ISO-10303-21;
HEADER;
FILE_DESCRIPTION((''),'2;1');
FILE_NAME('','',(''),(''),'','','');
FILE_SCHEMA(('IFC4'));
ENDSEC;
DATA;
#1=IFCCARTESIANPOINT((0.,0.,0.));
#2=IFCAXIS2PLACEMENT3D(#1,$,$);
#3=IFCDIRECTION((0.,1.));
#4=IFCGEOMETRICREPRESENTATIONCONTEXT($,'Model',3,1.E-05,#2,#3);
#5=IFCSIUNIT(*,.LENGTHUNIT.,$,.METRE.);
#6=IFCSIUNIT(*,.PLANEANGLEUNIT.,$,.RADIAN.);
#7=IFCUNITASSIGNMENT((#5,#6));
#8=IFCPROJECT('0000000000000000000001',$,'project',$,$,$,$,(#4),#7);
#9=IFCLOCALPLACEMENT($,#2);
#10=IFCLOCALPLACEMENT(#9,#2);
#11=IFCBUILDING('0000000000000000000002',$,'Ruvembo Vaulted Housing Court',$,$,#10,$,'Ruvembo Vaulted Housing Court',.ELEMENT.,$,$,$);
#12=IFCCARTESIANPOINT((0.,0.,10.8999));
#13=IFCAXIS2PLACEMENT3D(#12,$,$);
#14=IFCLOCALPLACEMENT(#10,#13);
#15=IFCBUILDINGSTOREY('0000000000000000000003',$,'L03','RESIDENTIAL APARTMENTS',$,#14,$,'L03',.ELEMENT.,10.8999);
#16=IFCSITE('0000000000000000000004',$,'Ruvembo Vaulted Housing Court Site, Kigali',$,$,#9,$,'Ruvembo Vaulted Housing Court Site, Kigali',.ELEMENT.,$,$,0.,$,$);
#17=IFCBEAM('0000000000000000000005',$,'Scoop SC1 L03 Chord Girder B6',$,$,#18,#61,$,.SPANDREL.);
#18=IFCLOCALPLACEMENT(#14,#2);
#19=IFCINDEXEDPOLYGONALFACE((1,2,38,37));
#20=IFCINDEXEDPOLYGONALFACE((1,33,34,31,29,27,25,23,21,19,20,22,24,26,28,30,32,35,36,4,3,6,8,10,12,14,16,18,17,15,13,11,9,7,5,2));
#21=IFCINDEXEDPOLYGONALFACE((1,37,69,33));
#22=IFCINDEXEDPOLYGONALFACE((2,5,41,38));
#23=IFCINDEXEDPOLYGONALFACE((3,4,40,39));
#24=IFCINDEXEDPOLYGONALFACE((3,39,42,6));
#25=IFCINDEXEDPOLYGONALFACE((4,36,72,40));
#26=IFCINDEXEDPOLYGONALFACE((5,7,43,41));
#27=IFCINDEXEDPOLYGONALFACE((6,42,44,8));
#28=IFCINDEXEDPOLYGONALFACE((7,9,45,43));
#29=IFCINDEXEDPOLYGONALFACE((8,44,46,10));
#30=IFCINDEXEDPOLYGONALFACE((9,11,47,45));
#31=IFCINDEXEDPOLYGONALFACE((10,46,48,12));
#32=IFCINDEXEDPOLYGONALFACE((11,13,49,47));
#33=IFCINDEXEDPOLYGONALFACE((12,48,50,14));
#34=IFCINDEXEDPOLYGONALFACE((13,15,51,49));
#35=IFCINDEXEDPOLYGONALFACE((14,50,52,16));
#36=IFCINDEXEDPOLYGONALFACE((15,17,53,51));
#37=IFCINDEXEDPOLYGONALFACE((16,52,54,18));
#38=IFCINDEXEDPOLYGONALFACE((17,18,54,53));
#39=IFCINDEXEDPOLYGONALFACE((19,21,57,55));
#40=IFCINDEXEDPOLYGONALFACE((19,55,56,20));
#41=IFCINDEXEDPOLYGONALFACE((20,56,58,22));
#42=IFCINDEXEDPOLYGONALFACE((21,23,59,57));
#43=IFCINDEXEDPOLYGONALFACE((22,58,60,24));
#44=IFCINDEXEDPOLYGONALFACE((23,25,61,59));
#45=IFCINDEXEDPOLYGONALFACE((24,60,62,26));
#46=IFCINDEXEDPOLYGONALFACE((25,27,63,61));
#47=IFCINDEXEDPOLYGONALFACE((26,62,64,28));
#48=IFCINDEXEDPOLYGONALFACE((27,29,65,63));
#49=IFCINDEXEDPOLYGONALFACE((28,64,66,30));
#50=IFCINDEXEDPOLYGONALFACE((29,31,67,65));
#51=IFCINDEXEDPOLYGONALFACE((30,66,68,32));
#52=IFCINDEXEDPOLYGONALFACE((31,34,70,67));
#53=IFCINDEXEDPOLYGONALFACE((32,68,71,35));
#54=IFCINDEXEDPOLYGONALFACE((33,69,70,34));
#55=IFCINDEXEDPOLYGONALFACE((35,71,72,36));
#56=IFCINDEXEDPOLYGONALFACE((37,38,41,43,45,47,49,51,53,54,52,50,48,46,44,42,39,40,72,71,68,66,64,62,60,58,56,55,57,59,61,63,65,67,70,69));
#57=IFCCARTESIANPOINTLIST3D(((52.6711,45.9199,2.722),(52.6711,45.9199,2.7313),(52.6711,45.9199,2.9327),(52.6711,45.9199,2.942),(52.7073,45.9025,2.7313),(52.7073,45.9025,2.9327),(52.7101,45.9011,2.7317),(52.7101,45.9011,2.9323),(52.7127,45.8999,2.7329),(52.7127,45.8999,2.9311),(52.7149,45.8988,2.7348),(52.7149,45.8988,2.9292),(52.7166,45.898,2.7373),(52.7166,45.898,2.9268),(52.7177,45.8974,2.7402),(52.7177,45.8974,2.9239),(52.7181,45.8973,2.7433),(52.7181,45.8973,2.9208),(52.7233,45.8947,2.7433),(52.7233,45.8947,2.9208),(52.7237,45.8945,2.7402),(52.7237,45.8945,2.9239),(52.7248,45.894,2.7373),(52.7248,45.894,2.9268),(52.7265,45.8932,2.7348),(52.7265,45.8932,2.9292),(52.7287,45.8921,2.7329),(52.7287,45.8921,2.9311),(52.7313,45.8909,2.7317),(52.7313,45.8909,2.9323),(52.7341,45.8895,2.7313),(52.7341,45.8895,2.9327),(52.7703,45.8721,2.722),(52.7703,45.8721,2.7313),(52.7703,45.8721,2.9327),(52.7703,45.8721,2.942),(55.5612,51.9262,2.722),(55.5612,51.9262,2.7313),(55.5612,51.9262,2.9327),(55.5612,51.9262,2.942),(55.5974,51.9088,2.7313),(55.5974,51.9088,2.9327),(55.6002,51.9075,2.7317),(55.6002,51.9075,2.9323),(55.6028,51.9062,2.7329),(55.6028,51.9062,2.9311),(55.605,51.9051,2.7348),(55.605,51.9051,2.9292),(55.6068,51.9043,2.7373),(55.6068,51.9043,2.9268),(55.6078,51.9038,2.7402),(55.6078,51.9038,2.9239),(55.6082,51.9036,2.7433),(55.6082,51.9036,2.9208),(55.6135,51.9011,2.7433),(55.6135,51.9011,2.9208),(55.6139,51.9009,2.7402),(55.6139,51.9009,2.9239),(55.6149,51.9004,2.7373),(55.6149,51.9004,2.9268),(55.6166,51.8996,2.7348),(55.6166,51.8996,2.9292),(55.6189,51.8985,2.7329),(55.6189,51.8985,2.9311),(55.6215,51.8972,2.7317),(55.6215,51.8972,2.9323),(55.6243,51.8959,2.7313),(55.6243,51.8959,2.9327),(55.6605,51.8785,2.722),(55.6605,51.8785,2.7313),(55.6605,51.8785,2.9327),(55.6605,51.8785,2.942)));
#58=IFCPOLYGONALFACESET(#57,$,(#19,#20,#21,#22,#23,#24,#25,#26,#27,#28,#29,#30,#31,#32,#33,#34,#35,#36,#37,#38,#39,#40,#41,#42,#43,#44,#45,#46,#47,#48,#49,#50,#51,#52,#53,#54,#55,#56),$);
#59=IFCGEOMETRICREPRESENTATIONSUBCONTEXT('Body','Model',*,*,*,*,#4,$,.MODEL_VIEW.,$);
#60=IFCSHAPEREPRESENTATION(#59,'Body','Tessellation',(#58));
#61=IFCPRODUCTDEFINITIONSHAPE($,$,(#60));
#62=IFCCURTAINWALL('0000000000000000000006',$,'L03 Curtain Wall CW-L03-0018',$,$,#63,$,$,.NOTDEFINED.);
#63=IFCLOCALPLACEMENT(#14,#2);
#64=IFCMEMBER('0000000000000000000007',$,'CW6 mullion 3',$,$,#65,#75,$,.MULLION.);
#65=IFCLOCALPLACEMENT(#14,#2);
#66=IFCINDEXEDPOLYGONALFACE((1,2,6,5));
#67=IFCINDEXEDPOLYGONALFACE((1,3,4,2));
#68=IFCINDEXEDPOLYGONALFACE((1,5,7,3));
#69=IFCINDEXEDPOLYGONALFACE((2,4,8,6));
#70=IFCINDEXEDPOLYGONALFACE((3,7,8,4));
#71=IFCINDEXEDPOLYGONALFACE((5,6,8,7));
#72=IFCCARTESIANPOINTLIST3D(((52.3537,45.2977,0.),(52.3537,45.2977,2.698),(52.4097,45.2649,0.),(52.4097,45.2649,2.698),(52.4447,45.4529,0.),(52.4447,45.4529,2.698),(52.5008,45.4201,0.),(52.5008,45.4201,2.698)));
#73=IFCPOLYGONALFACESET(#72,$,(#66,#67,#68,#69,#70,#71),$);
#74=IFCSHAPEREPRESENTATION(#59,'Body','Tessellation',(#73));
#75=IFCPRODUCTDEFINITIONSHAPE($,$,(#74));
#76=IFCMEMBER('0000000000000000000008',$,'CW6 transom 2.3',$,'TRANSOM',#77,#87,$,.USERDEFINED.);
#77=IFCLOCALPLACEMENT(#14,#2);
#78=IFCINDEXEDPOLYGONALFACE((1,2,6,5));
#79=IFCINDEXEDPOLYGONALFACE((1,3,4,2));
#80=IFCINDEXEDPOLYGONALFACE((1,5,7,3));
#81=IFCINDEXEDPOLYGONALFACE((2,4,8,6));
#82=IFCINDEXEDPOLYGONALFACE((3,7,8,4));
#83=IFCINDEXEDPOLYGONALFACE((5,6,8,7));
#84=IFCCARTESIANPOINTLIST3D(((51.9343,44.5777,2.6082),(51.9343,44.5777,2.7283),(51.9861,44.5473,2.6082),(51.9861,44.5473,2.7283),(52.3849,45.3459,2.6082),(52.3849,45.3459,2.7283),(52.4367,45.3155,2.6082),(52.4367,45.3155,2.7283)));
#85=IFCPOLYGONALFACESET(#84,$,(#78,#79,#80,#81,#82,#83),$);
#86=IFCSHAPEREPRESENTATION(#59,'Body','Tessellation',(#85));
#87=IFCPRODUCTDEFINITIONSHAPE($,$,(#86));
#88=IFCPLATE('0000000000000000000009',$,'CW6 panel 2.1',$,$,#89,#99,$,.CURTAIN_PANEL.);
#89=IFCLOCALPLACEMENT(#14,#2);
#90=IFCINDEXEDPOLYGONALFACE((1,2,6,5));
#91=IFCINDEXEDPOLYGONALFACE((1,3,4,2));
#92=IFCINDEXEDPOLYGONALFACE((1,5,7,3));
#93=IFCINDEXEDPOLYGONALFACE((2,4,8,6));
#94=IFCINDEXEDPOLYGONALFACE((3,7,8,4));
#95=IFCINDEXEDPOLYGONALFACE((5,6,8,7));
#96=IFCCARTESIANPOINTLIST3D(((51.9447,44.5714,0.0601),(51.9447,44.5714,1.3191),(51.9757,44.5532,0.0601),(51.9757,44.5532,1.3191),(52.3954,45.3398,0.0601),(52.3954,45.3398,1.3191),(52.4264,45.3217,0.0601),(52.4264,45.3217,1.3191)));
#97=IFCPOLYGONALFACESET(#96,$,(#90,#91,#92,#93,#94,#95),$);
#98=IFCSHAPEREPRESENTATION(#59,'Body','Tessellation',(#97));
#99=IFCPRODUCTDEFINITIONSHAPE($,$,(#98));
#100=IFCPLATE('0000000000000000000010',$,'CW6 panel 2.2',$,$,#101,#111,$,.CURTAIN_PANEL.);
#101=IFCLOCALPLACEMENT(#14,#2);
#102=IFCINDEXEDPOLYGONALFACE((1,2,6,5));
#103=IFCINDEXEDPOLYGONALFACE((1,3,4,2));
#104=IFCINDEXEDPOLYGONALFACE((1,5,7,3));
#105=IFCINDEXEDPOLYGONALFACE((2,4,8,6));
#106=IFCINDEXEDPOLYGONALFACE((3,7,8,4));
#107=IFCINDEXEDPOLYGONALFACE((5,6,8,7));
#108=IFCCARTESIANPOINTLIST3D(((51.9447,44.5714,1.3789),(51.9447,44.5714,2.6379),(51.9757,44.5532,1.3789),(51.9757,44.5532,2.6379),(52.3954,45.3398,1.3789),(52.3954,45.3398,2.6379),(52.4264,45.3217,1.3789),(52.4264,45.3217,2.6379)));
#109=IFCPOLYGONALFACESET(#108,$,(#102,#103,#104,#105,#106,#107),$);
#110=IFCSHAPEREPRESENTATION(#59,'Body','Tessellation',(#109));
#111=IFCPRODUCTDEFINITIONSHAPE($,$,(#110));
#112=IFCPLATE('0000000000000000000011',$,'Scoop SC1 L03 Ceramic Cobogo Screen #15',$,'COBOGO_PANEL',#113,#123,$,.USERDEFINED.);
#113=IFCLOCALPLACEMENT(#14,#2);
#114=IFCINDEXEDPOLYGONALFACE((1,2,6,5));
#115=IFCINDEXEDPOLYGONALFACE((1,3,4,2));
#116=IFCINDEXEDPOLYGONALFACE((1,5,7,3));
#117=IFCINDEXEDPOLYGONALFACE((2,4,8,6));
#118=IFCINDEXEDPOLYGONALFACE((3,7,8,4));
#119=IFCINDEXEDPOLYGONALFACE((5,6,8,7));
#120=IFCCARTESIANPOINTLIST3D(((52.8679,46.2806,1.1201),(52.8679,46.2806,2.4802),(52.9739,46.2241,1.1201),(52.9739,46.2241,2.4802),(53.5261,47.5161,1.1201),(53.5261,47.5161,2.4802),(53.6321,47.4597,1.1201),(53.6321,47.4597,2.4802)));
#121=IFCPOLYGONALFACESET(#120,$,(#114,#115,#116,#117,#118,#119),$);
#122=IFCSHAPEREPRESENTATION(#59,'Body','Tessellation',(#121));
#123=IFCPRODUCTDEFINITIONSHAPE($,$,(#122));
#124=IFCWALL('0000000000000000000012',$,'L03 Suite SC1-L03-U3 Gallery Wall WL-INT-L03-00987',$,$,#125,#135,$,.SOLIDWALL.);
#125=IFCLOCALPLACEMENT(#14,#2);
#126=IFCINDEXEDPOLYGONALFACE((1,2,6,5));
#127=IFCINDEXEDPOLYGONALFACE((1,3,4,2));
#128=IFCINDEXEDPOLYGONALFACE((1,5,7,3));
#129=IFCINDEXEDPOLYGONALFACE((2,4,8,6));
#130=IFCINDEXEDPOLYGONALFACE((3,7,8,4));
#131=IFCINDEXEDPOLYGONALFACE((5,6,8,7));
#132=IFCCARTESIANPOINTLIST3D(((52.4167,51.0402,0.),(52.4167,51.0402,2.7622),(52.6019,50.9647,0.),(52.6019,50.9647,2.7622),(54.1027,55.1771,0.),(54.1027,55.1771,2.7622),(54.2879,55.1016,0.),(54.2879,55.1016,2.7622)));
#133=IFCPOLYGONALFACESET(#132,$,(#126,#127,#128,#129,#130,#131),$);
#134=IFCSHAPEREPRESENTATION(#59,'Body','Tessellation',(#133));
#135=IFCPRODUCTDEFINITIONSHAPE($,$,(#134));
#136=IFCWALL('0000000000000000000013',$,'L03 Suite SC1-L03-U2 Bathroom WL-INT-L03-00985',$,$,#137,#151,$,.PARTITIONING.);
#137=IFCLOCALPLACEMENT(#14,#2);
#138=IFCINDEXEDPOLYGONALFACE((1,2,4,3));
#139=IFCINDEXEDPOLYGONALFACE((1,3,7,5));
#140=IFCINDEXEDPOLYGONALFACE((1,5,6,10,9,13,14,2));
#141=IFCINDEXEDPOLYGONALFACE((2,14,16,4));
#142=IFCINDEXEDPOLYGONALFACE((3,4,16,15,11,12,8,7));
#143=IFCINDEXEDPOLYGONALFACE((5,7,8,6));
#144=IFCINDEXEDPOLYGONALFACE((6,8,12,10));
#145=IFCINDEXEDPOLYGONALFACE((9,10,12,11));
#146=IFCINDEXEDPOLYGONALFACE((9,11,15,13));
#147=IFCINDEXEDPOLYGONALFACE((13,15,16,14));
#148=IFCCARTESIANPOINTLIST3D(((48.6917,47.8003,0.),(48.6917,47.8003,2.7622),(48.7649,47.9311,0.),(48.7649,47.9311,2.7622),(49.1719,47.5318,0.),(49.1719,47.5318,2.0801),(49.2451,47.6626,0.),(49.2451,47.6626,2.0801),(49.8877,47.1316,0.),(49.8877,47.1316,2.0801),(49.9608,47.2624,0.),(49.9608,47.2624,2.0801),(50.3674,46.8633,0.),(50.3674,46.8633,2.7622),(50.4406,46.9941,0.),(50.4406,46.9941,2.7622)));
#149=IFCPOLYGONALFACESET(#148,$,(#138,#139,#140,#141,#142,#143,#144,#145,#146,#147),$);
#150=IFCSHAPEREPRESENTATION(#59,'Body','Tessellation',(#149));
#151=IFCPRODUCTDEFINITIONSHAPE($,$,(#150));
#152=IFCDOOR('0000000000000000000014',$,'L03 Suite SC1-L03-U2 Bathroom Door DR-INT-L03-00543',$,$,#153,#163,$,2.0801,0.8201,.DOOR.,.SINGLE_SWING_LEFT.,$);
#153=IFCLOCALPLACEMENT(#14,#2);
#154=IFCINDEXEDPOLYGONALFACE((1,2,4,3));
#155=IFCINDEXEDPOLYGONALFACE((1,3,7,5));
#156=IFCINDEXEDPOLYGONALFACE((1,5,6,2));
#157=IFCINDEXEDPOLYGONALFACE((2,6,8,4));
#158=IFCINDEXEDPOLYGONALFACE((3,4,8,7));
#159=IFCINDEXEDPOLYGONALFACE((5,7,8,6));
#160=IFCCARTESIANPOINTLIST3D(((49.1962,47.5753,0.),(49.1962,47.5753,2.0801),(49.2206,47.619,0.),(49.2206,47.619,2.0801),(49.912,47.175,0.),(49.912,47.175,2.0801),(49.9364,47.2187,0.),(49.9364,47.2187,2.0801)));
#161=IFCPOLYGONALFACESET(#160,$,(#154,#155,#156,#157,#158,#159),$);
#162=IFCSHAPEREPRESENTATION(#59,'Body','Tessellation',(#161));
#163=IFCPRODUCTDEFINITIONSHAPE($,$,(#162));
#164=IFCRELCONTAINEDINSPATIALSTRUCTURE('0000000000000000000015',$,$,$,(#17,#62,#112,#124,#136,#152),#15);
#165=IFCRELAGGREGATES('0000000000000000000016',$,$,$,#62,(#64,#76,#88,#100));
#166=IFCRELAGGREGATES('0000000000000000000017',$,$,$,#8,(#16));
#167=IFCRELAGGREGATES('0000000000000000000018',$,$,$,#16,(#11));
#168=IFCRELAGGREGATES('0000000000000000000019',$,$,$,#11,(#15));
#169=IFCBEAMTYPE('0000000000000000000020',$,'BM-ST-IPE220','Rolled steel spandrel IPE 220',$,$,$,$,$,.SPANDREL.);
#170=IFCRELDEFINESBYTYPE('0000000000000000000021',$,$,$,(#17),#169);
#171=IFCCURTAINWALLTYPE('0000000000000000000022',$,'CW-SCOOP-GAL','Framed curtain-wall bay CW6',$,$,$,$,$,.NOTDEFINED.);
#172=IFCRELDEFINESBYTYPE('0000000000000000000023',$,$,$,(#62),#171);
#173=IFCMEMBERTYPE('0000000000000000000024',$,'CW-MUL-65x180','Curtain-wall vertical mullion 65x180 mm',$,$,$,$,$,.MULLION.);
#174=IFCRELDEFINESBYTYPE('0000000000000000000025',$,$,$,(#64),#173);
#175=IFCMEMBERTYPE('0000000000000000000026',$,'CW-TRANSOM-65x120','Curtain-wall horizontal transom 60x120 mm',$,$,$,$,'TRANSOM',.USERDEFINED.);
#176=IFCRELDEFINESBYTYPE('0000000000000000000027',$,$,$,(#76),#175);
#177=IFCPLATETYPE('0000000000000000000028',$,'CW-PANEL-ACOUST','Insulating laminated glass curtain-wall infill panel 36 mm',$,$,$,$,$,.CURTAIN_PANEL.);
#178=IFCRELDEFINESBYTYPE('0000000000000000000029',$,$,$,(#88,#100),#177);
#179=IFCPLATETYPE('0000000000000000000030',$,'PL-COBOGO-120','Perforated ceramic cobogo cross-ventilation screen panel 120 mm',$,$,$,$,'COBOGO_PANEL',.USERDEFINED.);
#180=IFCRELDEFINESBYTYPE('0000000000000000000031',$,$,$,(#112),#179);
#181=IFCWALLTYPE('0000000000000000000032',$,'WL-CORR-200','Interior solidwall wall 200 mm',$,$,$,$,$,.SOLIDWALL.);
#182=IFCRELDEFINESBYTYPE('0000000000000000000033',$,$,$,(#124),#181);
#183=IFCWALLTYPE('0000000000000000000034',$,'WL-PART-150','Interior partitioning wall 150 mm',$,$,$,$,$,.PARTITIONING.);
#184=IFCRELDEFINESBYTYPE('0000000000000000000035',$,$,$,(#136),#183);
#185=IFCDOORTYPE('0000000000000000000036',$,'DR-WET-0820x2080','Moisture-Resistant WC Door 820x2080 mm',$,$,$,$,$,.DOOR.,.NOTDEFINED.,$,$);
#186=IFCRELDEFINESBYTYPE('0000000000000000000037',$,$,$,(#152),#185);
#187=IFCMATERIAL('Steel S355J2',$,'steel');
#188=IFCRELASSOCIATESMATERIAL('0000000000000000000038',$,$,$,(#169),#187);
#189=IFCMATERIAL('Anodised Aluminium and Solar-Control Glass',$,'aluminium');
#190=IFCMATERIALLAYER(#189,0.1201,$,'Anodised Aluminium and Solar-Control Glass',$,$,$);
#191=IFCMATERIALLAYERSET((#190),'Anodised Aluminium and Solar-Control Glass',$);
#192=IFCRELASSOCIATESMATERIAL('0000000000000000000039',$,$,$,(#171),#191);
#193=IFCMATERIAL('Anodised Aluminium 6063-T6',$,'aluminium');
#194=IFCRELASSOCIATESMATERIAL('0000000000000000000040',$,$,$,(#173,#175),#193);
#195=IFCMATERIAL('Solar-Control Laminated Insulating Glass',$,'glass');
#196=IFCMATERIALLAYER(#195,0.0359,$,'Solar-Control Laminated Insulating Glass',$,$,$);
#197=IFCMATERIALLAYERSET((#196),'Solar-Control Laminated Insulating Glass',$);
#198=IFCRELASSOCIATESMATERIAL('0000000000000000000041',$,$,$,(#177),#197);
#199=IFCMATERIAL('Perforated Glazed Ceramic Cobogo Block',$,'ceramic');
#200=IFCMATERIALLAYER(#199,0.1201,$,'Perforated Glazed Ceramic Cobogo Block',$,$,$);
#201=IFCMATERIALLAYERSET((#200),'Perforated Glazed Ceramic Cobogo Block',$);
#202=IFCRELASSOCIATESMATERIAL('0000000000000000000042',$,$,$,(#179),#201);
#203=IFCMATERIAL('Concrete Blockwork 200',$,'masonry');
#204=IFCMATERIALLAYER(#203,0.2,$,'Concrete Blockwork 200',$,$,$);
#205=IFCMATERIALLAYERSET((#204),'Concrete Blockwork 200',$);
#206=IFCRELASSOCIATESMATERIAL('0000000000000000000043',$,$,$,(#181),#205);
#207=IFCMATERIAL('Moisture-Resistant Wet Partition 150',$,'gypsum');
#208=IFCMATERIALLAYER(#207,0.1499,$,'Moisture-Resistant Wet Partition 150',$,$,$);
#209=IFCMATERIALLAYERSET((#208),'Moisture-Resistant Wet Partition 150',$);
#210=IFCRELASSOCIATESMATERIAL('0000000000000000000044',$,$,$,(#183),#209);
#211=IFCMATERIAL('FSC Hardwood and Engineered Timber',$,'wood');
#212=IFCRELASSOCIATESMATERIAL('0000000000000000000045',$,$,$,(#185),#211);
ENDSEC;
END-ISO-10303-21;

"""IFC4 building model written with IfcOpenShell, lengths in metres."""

from ifc_helpers import new_model, si_unit, direction, frame, frame_2d, origin, origin_2d, place, context, subcontext, project, spatial, rectangle, i_section, extrude, material, layer, layer_set, material_profile, profile_set, type_object, element, fill, aggregate, save


model = new_model("IFC4")

# Units and contexts
model_context = context("Model", 3, precision=1e-05, world=origin(), true_north=direction((0.0, 1.0)))
body_context = subcontext(model_context, "Body", "Model", "MODEL_VIEW")
ifc_project = project(units=[si_unit("LENGTHUNIT", "METRE"), si_unit("PLANEANGLEUNIT", "RADIAN")], contexts=[model_context])

# Site, building, storey
site_placement = place(None, origin())
site = spatial("IfcSite", under=ifc_project, at=site_placement, Name="Ruvembo Vaulted Housing Court Site, Kigali", LongName="Ruvembo Vaulted Housing Court Site, Kigali", CompositionType="ELEMENT", RefElevation=0.0)
building_placement = place(site_placement, origin())
building = spatial("IfcBuilding", under=site, at=building_placement, Name="Ruvembo Vaulted Housing Court", LongName="Ruvembo Vaulted Housing Court", CompositionType="ELEMENT")
storey_placement = place(building_placement, frame((0.0, 0.0, 10.8999)))
storey = spatial("IfcBuildingStorey", under=building, at=storey_placement, Name="L03", Description="RESIDENTIAL APARTMENTS", LongName="L03", CompositionType="ELEMENT", Elevation=10.8999)

# Beam
ifc_material_1 = material(Name="Steel S355J2", Category="steel")
ifc_material_profile_1 = material_profile(ifc_material_1, i_section(OverallWidth=0.1101, OverallDepth=0.22, WebThickness=0.0059, FlangeThickness=0.0093, FilletRadius=0.012, at=origin_2d()), Name="IPE 220")
ifc_profile_set_1 = profile_set([ifc_material_profile_1], Name="Steel S355J2")
beam_type_1 = type_object("IfcBeamType", Name="BM-ST-IPE220", Description="Rolled steel spandrel IPE 220", PredefinedType="SPANDREL", material=ifc_profile_set_1)
beam_1_placement = place(storey_placement, frame((52.7207, 45.896, 2.832), z_axis=(0.433595, 0.901108, 0.0), x_axis=(-0.901108, 0.433595, 0.0)))
element("IfcBeam", 1, at=beam_1_placement, inside=storey, type_object=beam_type_1, Name="Scoop SC1 L03 Chord Girder B6", PredefinedType="SPANDREL", context=body_context, shape_type="SweptSolid", body=[
    extrude(i_section(OverallWidth=0.1101, OverallDepth=0.22, WebThickness=0.0059, FlangeThickness=0.0093, FilletRadius=0.012, at=origin_2d()), origin(), (0.0, 0.0, 1.0), 6.6655),
])

# Curtain wall, members, plates
ifc_material_2 = material(Name="Anodised Aluminium and Solar-Control Glass", Category="aluminium")
ifc_layer_1 = layer(ifc_material_2, 0.1201, Name="Anodised Aluminium and Solar-Control Glass")
ifc_layer_set_1 = layer_set([ifc_layer_1], Name="Anodised Aluminium and Solar-Control Glass")
curtain_wall_type = type_object("IfcCurtainWallType", Name="CW-SCOOP-GAL", Description="Framed curtain-wall bay CW6", PredefinedType="NOTDEFINED", material=ifc_layer_set_1)
curtain_wall_placement = place(storey_placement, origin())
curtain_wall = element("IfcCurtainWall", 2, at=curtain_wall_placement, inside=storey, type_object=curtain_wall_type, Name="L03 Curtain Wall CW-L03-0018", PredefinedType="NOTDEFINED")
ifc_material_3 = material(Name="Anodised Aluminium 6063-T6", Category="aluminium")
ifc_material_profile_2 = material_profile(ifc_material_3, rectangle(XDim=0.0649, YDim=0.1799, at=origin_2d()), Name="ALU 65x180")
ifc_profile_set_2 = profile_set([ifc_material_profile_2], Name="Anodised Aluminium 6063-T6")
member_type_1 = type_object("IfcMemberType", Name="CW-MUL-65x180", Description="Curtain-wall vertical mullion 65x180 mm", PredefinedType="MULLION", material=ifc_profile_set_2)
member_1_placement = place(storey_placement, frame((52.4272, 45.3589, 0.0), z_axis=(0.0, 0.0, 1.0), x_axis=(-0.862606, 0.505877, 0.0)))
member_1 = element("IfcMember", 3, at=member_1_placement, type_object=member_type_1, Name="CW6 mullion 3", PredefinedType="MULLION", context=body_context, shape_type="SweptSolid", body=[
    extrude(rectangle(XDim=0.0649, YDim=0.1799, at=origin_2d()), origin(), (0.0, 0.0, 1.0), 2.698),
])
ifc_material_profile_3 = material_profile(ifc_material_3, rectangle(XDim=0.0601, YDim=0.1201, at=origin_2d()), Name="ALU 60x120")
ifc_profile_set_3 = profile_set([ifc_material_profile_3], Name="Anodised Aluminium 6063-T6")
member_type_2 = type_object("IfcMemberType", Name="CW-TRANSOM-65x120", Description="Curtain-wall horizontal transom 60x120 mm", ElementType="TRANSOM", PredefinedType="USERDEFINED", material=ifc_profile_set_3)
member_2_placement = place(storey_placement, frame((51.9602, 44.5625, 2.6682), z_axis=(0.505966, 0.862554, 0.0), x_axis=(-0.862554, 0.505966, 0.0)))
member_2 = element("IfcMember", 4, at=member_2_placement, type_object=member_type_2, Name="CW6 transom 2.3", ObjectType="TRANSOM", PredefinedType="USERDEFINED", context=body_context, shape_type="SweptSolid", body=[
    extrude(rectangle(XDim=0.0601, YDim=0.1201, at=origin_2d()), origin(), (0.0, 0.0, 1.0), 0.8906),
])
ifc_material_4 = material(Name="Solar-Control Laminated Insulating Glass", Category="glass")
ifc_layer_2 = layer(ifc_material_4, 0.0359, Name="Solar-Control Laminated Insulating Glass")
ifc_layer_set_2 = layer_set([ifc_layer_2], Name="Solar-Control Laminated Insulating Glass")
plate_type_1 = type_object("IfcPlateType", Name="CW-PANEL-ACOUST", Description="Insulating laminated glass curtain-wall infill panel 36 mm", PredefinedType="CURTAIN_PANEL", material=ifc_layer_set_2)
plate_1_placement = place(storey_placement, frame((52.1855, 44.9465, 0.0601), z_axis=(0.0, 0.0, 1.0), x_axis=(0.505877, 0.862606, 0.0)))
plate_1 = element("IfcPlate", 5, at=plate_1_placement, type_object=plate_type_1, Name="CW6 panel 2.1", PredefinedType="CURTAIN_PANEL", context=body_context, shape_type="SweptSolid", body=[
    extrude(rectangle(XDim=0.8909, YDim=0.0359, at=origin_2d()), origin(), (0.0, 0.0, 1.0), 1.259),
])
plate_2_placement = place(storey_placement, frame((52.1855, 44.9465, 1.3789), z_axis=(0.0, 0.0, 1.0), x_axis=(0.505877, 0.862606, 0.0)))
plate_2 = element("IfcPlate", 6, at=plate_2_placement, type_object=plate_type_1, Name="CW6 panel 2.2", PredefinedType="CURTAIN_PANEL", context=body_context, shape_type="SweptSolid", body=[
    extrude(rectangle(XDim=0.8909, YDim=0.0359, at=origin_2d()), origin(), (0.0, 0.0, 1.0), 1.259),
])
aggregate(curtain_wall, [member_1, member_2, plate_1, plate_2])

# Plate
ifc_material_5 = material(Name="Perforated Glazed Ceramic Cobogo Block", Category="ceramic")
ifc_layer_3 = layer(ifc_material_5, 0.1201, Name="Perforated Glazed Ceramic Cobogo Block")
ifc_layer_set_3 = layer_set([ifc_layer_3], Name="Perforated Glazed Ceramic Cobogo Block")
plate_type_2 = type_object("IfcPlateType", Name="PL-COBOGO-120", Description="Perforated ceramic cobogo cross-ventilation screen panel 120 mm", ElementType="COBOGO_PANEL", PredefinedType="USERDEFINED", material=ifc_layer_set_3)
plate_3_placement = place(storey_placement, frame((53.25, 46.8701, 1.1201), z_axis=(0.0, 0.0, 1.0), x_axis=(0.470134, 0.882595, 0.0)))
element("IfcPlate", 7, at=plate_3_placement, inside=storey, type_object=plate_type_2, Name="Scoop SC1 L03 Ceramic Cobogo Screen #15", ObjectType="COBOGO_PANEL", PredefinedType="USERDEFINED", context=body_context, shape_type="SweptSolid", body=[
    extrude(rectangle(XDim=1.3999, YDim=0.1201, at=origin_2d()), origin(), (0.0, 0.0, 1.0), 1.3601),
])

# Shared definitions
ifc_material_6 = material(Name="Concrete Blockwork 200", Category="masonry")
ifc_layer_4 = layer(ifc_material_6, 0.2, Name="Concrete Blockwork 200")
ifc_layer_set_4 = layer_set([ifc_layer_4], Name="Concrete Blockwork 200")
wall_type_1 = type_object("IfcWallType", Name="WL-CORR-200", Description="Interior solidwall wall 200 mm", PredefinedType="SOLIDWALL", material=ifc_layer_set_4)
ifc_material_7 = material(Name="FSC Hardwood and Engineered Timber", Category="wood")

# Wall
wall_1_placement = place(storey_placement, frame((52.5093, 51.0024, 0.0), z_axis=(0.0, 0.0, 1.0), x_axis=(0.377413, 0.926045, 0.0)))
element("IfcWall", 8, at=wall_1_placement, inside=storey, type_object=wall_type_1, Name="L03 Suite SC1-L03-U3 Gallery Wall WL-INT-L03-00987", PredefinedType="SOLIDWALL", context=body_context, shape_type="SweptSolid", body=[
    extrude(rectangle(XDim=4.4673, YDim=0.2, at=frame_2d((2.2336, 0.0))), origin(), (0.0, 0.0, 1.0), 2.7622),
])

# Wall, opening, door
ifc_material_8 = material(Name="Moisture-Resistant Wet Partition 150", Category="gypsum")
ifc_layer_5 = layer(ifc_material_8, 0.1499, Name="Moisture-Resistant Wet Partition 150")
ifc_layer_set_5 = layer_set([ifc_layer_5], Name="Moisture-Resistant Wet Partition 150")
wall_type_2 = type_object("IfcWallType", Name="WL-PART-150", Description="Interior partitioning wall 150 mm", PredefinedType="PARTITIONING", material=ifc_layer_set_5)
wall_2_placement = place(storey_placement, frame((48.7283, 47.8657, 0.0), z_axis=(0.0, 0.0, 1.0), x_axis=(0.872822, -0.488038, 0.0)))
wall_2 = element("IfcWall", 9, at=wall_2_placement, inside=storey, type_object=wall_type_2, Name="L03 Suite SC1-L03-U2 Bathroom WL-INT-L03-00985", PredefinedType="PARTITIONING", context=body_context, shape_type="SweptSolid", body=[
    extrude(rectangle(XDim=1.9199, YDim=0.1499, at=frame_2d((0.96, 0.0))), origin(), (0.0, 0.0, 1.0), 2.7622),
])
opening_1_placement = place(wall_2_placement, frame((0.55, 0.0, 0.0)))
opening_1 = element("IfcOpeningElement", 10, at=opening_1_placement, cuts=wall_2, PredefinedType="OPENING", context=body_context, shape_type="SweptSolid", body=[
    extrude(rectangle(XDim=0.8201, YDim=2.0801, at=frame_2d((0.4102, 1.04))), frame((0.0, 0.085, 0.0), z_axis=(0.0, -1.0, 0.0), x_axis=(1.0, 0.0, 0.0)), (0.0, 0.0, 1.0), 0.1699),
])
door_type_1 = type_object("IfcDoorType", Name="DR-WET-0820x2080", Description="Moisture-Resistant WC Door 820x2080 mm", OperationType="NOTDEFINED", PredefinedType="DOOR", material=ifc_material_7)
door_1_placement = place(opening_1_placement, origin())
door_1 = element("IfcDoor", 11, at=door_1_placement, inside=storey, type_object=door_type_1, Name="L03 Suite SC1-L03-U2 Bathroom Door DR-INT-L03-00543", OperationType="SINGLE_SWING_LEFT", OverallHeight=2.0801, OverallWidth=0.8201, PredefinedType="DOOR", context=body_context, shape_type="SweptSolid", body=[
    extrude(rectangle(XDim=0.8201, YDim=2.0801, at=frame_2d((0.4102, 1.04))), frame((0.0, 0.0249, 0.0), z_axis=(0.0, -1.0, 0.0), x_axis=(1.0, 0.0, 0.0)), (0.0, 0.0, 1.0), 0.05),
])
fill(opening_1, door_1)

save(model, "model.ifc")
